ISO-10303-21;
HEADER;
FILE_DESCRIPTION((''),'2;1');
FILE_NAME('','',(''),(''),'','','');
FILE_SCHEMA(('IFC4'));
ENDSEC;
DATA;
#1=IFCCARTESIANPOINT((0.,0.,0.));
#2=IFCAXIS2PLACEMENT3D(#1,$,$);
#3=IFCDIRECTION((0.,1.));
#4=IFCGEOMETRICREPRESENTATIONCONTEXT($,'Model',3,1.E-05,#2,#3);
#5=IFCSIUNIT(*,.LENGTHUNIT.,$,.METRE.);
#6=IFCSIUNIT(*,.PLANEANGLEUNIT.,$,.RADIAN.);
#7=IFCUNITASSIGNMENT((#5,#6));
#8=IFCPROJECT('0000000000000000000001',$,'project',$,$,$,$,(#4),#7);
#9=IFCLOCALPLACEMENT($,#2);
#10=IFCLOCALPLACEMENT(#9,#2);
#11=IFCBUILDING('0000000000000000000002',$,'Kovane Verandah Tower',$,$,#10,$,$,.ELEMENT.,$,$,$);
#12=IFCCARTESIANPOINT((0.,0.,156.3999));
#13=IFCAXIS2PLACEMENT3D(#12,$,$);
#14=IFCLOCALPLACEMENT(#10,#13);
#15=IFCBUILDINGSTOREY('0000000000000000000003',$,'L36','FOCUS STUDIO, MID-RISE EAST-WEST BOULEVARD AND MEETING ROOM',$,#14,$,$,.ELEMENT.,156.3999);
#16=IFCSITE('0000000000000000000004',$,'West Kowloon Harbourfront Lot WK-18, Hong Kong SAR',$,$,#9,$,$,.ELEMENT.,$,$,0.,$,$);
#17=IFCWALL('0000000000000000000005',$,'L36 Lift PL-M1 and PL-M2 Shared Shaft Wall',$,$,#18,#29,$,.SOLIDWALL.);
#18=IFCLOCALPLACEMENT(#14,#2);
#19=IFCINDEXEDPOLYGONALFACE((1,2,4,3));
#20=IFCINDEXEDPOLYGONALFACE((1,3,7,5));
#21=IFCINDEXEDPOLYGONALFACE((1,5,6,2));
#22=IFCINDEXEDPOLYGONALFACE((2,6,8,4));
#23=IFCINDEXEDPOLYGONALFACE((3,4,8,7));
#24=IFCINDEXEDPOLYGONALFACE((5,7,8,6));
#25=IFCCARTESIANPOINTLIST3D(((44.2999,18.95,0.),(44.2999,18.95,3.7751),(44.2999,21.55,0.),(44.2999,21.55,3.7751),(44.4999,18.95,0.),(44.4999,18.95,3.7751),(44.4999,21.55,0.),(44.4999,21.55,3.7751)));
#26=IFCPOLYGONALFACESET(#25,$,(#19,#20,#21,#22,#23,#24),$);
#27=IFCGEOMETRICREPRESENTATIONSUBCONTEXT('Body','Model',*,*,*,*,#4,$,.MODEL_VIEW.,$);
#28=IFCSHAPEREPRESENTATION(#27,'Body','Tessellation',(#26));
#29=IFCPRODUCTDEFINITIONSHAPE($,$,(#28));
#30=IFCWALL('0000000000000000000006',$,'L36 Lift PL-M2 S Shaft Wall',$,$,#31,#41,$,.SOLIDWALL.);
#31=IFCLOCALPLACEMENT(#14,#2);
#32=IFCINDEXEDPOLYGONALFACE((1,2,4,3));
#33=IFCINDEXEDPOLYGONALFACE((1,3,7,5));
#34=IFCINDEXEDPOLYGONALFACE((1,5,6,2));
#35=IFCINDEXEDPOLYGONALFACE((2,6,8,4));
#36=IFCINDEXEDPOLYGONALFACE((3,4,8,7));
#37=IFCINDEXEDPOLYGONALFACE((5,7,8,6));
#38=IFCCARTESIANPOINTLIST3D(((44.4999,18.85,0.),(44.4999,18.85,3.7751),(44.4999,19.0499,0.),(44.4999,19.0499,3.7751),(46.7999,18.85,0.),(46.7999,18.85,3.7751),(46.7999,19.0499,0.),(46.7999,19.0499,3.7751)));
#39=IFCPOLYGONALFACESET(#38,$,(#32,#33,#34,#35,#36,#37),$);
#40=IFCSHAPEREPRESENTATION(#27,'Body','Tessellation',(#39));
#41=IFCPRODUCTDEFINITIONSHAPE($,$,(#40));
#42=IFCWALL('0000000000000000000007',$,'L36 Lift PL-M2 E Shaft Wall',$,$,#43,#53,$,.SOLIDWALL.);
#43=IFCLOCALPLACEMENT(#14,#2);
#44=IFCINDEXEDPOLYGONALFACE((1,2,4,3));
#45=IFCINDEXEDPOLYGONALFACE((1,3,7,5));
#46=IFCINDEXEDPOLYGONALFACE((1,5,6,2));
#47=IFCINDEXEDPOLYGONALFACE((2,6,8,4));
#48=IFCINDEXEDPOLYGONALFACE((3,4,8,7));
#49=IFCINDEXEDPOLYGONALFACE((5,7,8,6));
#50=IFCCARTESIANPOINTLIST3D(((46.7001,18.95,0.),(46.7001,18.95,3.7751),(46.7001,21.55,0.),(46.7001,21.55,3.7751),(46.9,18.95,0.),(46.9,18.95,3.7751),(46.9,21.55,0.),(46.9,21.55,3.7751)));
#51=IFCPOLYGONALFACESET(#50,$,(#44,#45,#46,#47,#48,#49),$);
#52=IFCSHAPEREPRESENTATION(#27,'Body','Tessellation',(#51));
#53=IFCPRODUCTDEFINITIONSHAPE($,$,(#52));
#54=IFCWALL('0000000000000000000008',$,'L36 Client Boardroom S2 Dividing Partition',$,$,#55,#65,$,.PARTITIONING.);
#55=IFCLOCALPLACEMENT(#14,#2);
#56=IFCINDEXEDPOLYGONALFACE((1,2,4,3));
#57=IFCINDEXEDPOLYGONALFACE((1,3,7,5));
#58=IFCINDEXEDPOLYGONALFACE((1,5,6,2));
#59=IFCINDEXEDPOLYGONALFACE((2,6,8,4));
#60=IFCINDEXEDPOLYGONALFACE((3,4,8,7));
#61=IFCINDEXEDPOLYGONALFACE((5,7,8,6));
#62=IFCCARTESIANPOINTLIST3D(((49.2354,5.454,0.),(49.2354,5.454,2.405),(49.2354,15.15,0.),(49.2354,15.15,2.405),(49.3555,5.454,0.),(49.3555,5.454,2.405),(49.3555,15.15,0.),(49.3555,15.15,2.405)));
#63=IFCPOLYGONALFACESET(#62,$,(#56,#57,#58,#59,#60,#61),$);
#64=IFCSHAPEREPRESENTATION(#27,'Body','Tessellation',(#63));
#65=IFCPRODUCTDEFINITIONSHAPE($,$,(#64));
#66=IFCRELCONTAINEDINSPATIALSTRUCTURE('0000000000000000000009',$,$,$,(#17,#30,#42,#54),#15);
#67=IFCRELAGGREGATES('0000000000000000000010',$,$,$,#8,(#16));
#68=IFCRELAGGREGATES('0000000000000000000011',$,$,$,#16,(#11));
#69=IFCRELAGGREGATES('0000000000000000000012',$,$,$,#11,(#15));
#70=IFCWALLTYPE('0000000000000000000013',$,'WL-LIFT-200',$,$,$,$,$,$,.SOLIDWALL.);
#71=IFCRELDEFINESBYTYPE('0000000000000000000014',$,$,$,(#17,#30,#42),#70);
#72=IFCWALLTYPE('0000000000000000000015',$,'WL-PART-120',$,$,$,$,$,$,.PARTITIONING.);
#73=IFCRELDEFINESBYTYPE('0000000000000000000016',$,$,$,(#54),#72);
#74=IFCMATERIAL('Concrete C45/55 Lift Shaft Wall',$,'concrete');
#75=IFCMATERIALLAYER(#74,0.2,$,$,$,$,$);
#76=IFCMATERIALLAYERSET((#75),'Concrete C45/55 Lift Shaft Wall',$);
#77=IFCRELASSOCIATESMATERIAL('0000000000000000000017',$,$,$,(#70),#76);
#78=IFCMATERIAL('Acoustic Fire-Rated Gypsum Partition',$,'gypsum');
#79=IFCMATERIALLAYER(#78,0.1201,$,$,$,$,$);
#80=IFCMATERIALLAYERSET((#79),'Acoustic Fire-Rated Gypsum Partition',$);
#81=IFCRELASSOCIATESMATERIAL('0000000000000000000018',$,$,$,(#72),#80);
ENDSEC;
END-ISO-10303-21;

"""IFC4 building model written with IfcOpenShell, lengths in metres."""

from ifc_helpers import new_model, si_unit, direction, frame, frame_2d, origin, place, context, subcontext, project, spatial, rectangle, extrude, material, layer, layer_set, type_object, element, save


model = new_model("IFC4")

# Units and contexts
model_context = context("Model", 3, precision=1e-05, world=origin(), true_north=direction((0.0, 1.0)))
body_context = subcontext(model_context, "Body", "Model", "MODEL_VIEW")
ifc_project = project(units=[si_unit("LENGTHUNIT", "METRE"), si_unit("PLANEANGLEUNIT", "RADIAN")], contexts=[model_context])

# Site, building, storey
site_placement = place(None, origin())
site = spatial("IfcSite", under=ifc_project, at=site_placement, Name="West Kowloon Harbourfront Lot WK-18, Hong Kong SAR", CompositionType="ELEMENT", RefElevation=0.0)
building_placement = place(site_placement, origin())
building = spatial("IfcBuilding", under=site, at=building_placement, Name="Kovane Verandah Tower", CompositionType="ELEMENT")
storey_placement = place(building_placement, frame((0.0, 0.0, 156.3999)))
storey = spatial("IfcBuildingStorey", under=building, at=storey_placement, Name="L36", Description="FOCUS STUDIO, MID-RISE EAST-WEST BOULEVARD AND MEETING ROOM", CompositionType="ELEMENT", Elevation=156.3999)

# Walls
ifc_material_1 = material(Name="Concrete C45/55 Lift Shaft Wall", Category="concrete")
ifc_layer_1 = layer(ifc_material_1, 0.2)
ifc_layer_set_1 = layer_set([ifc_layer_1], Name="Concrete C45/55 Lift Shaft Wall")
wall_type_1 = type_object("IfcWallType", Name="WL-LIFT-200", PredefinedType="SOLIDWALL", material=ifc_layer_set_1)
wall_1_placement = place(storey_placement, frame((44.3999, 18.95, 0.0), z_axis=(0.0, 0.0, 1.0), x_axis=(0.0, 1.0, 0.0)))
element("IfcWall", 1, at=wall_1_placement, inside=storey, type_object=wall_type_1, Name="L36 Lift PL-M1 and PL-M2 Shared Shaft Wall", PredefinedType="SOLIDWALL", context=body_context, shape_type="SweptSolid", body=[
    extrude(rectangle(XDim=2.6001, YDim=0.2, at=frame_2d((1.3, 0.0))), origin(), (0.0, 0.0, 1.0), 3.7751),
])
wall_2_placement = place(storey_placement, frame((44.5, 18.95, 0.0), z_axis=(0.0, 0.0, 1.0), x_axis=(1.0, 0.0, 0.0)))
element("IfcWall", 2, at=wall_2_placement, inside=storey, type_object=wall_type_1, Name="L36 Lift PL-M2 S Shaft Wall", PredefinedType="SOLIDWALL", context=body_context, shape_type="SweptSolid", body=[
    extrude(rectangle(XDim=2.3, YDim=0.2, at=frame_2d((1.1499, 0.0))), origin(), (0.0, 0.0, 1.0), 3.7751),
])
wall_3_placement = place(storey_placement, frame((46.8, 18.95, 0.0), z_axis=(0.0, 0.0, 1.0), x_axis=(0.0, 1.0, 0.0)))
element("IfcWall", 3, at=wall_3_placement, inside=storey, type_object=wall_type_1, Name="L36 Lift PL-M2 E Shaft Wall", PredefinedType="SOLIDWALL", context=body_context, shape_type="SweptSolid", body=[
    extrude(rectangle(XDim=2.6001, YDim=0.2, at=frame_2d((1.3, 0.0))), origin(), (0.0, 0.0, 1.0), 3.7751),
])
ifc_material_2 = material(Name="Acoustic Fire-Rated Gypsum Partition", Category="gypsum")
ifc_layer_2 = layer(ifc_material_2, 0.1201)
ifc_layer_set_2 = layer_set([ifc_layer_2], Name="Acoustic Fire-Rated Gypsum Partition")
wall_type_2 = type_object("IfcWallType", Name="WL-PART-120", PredefinedType="PARTITIONING", material=ifc_layer_set_2)
wall_4_placement = place(storey_placement, frame((49.2954, 5.4539, 0.0), z_axis=(0.0, 0.0, 1.0), x_axis=(0.0, 1.0, 0.0)))
element("IfcWall", 4, at=wall_4_placement, inside=storey, type_object=wall_type_2, Name="L36 Client Boardroom S2 Dividing Partition", PredefinedType="PARTITIONING", context=body_context, shape_type="SweptSolid", body=[
    extrude(rectangle(XDim=9.696, YDim=0.1201, at=frame_2d((4.8481, 0.0))), origin(), (0.0, 0.0, 1.0), 2.405),
])

save(model, "model.ifc")
